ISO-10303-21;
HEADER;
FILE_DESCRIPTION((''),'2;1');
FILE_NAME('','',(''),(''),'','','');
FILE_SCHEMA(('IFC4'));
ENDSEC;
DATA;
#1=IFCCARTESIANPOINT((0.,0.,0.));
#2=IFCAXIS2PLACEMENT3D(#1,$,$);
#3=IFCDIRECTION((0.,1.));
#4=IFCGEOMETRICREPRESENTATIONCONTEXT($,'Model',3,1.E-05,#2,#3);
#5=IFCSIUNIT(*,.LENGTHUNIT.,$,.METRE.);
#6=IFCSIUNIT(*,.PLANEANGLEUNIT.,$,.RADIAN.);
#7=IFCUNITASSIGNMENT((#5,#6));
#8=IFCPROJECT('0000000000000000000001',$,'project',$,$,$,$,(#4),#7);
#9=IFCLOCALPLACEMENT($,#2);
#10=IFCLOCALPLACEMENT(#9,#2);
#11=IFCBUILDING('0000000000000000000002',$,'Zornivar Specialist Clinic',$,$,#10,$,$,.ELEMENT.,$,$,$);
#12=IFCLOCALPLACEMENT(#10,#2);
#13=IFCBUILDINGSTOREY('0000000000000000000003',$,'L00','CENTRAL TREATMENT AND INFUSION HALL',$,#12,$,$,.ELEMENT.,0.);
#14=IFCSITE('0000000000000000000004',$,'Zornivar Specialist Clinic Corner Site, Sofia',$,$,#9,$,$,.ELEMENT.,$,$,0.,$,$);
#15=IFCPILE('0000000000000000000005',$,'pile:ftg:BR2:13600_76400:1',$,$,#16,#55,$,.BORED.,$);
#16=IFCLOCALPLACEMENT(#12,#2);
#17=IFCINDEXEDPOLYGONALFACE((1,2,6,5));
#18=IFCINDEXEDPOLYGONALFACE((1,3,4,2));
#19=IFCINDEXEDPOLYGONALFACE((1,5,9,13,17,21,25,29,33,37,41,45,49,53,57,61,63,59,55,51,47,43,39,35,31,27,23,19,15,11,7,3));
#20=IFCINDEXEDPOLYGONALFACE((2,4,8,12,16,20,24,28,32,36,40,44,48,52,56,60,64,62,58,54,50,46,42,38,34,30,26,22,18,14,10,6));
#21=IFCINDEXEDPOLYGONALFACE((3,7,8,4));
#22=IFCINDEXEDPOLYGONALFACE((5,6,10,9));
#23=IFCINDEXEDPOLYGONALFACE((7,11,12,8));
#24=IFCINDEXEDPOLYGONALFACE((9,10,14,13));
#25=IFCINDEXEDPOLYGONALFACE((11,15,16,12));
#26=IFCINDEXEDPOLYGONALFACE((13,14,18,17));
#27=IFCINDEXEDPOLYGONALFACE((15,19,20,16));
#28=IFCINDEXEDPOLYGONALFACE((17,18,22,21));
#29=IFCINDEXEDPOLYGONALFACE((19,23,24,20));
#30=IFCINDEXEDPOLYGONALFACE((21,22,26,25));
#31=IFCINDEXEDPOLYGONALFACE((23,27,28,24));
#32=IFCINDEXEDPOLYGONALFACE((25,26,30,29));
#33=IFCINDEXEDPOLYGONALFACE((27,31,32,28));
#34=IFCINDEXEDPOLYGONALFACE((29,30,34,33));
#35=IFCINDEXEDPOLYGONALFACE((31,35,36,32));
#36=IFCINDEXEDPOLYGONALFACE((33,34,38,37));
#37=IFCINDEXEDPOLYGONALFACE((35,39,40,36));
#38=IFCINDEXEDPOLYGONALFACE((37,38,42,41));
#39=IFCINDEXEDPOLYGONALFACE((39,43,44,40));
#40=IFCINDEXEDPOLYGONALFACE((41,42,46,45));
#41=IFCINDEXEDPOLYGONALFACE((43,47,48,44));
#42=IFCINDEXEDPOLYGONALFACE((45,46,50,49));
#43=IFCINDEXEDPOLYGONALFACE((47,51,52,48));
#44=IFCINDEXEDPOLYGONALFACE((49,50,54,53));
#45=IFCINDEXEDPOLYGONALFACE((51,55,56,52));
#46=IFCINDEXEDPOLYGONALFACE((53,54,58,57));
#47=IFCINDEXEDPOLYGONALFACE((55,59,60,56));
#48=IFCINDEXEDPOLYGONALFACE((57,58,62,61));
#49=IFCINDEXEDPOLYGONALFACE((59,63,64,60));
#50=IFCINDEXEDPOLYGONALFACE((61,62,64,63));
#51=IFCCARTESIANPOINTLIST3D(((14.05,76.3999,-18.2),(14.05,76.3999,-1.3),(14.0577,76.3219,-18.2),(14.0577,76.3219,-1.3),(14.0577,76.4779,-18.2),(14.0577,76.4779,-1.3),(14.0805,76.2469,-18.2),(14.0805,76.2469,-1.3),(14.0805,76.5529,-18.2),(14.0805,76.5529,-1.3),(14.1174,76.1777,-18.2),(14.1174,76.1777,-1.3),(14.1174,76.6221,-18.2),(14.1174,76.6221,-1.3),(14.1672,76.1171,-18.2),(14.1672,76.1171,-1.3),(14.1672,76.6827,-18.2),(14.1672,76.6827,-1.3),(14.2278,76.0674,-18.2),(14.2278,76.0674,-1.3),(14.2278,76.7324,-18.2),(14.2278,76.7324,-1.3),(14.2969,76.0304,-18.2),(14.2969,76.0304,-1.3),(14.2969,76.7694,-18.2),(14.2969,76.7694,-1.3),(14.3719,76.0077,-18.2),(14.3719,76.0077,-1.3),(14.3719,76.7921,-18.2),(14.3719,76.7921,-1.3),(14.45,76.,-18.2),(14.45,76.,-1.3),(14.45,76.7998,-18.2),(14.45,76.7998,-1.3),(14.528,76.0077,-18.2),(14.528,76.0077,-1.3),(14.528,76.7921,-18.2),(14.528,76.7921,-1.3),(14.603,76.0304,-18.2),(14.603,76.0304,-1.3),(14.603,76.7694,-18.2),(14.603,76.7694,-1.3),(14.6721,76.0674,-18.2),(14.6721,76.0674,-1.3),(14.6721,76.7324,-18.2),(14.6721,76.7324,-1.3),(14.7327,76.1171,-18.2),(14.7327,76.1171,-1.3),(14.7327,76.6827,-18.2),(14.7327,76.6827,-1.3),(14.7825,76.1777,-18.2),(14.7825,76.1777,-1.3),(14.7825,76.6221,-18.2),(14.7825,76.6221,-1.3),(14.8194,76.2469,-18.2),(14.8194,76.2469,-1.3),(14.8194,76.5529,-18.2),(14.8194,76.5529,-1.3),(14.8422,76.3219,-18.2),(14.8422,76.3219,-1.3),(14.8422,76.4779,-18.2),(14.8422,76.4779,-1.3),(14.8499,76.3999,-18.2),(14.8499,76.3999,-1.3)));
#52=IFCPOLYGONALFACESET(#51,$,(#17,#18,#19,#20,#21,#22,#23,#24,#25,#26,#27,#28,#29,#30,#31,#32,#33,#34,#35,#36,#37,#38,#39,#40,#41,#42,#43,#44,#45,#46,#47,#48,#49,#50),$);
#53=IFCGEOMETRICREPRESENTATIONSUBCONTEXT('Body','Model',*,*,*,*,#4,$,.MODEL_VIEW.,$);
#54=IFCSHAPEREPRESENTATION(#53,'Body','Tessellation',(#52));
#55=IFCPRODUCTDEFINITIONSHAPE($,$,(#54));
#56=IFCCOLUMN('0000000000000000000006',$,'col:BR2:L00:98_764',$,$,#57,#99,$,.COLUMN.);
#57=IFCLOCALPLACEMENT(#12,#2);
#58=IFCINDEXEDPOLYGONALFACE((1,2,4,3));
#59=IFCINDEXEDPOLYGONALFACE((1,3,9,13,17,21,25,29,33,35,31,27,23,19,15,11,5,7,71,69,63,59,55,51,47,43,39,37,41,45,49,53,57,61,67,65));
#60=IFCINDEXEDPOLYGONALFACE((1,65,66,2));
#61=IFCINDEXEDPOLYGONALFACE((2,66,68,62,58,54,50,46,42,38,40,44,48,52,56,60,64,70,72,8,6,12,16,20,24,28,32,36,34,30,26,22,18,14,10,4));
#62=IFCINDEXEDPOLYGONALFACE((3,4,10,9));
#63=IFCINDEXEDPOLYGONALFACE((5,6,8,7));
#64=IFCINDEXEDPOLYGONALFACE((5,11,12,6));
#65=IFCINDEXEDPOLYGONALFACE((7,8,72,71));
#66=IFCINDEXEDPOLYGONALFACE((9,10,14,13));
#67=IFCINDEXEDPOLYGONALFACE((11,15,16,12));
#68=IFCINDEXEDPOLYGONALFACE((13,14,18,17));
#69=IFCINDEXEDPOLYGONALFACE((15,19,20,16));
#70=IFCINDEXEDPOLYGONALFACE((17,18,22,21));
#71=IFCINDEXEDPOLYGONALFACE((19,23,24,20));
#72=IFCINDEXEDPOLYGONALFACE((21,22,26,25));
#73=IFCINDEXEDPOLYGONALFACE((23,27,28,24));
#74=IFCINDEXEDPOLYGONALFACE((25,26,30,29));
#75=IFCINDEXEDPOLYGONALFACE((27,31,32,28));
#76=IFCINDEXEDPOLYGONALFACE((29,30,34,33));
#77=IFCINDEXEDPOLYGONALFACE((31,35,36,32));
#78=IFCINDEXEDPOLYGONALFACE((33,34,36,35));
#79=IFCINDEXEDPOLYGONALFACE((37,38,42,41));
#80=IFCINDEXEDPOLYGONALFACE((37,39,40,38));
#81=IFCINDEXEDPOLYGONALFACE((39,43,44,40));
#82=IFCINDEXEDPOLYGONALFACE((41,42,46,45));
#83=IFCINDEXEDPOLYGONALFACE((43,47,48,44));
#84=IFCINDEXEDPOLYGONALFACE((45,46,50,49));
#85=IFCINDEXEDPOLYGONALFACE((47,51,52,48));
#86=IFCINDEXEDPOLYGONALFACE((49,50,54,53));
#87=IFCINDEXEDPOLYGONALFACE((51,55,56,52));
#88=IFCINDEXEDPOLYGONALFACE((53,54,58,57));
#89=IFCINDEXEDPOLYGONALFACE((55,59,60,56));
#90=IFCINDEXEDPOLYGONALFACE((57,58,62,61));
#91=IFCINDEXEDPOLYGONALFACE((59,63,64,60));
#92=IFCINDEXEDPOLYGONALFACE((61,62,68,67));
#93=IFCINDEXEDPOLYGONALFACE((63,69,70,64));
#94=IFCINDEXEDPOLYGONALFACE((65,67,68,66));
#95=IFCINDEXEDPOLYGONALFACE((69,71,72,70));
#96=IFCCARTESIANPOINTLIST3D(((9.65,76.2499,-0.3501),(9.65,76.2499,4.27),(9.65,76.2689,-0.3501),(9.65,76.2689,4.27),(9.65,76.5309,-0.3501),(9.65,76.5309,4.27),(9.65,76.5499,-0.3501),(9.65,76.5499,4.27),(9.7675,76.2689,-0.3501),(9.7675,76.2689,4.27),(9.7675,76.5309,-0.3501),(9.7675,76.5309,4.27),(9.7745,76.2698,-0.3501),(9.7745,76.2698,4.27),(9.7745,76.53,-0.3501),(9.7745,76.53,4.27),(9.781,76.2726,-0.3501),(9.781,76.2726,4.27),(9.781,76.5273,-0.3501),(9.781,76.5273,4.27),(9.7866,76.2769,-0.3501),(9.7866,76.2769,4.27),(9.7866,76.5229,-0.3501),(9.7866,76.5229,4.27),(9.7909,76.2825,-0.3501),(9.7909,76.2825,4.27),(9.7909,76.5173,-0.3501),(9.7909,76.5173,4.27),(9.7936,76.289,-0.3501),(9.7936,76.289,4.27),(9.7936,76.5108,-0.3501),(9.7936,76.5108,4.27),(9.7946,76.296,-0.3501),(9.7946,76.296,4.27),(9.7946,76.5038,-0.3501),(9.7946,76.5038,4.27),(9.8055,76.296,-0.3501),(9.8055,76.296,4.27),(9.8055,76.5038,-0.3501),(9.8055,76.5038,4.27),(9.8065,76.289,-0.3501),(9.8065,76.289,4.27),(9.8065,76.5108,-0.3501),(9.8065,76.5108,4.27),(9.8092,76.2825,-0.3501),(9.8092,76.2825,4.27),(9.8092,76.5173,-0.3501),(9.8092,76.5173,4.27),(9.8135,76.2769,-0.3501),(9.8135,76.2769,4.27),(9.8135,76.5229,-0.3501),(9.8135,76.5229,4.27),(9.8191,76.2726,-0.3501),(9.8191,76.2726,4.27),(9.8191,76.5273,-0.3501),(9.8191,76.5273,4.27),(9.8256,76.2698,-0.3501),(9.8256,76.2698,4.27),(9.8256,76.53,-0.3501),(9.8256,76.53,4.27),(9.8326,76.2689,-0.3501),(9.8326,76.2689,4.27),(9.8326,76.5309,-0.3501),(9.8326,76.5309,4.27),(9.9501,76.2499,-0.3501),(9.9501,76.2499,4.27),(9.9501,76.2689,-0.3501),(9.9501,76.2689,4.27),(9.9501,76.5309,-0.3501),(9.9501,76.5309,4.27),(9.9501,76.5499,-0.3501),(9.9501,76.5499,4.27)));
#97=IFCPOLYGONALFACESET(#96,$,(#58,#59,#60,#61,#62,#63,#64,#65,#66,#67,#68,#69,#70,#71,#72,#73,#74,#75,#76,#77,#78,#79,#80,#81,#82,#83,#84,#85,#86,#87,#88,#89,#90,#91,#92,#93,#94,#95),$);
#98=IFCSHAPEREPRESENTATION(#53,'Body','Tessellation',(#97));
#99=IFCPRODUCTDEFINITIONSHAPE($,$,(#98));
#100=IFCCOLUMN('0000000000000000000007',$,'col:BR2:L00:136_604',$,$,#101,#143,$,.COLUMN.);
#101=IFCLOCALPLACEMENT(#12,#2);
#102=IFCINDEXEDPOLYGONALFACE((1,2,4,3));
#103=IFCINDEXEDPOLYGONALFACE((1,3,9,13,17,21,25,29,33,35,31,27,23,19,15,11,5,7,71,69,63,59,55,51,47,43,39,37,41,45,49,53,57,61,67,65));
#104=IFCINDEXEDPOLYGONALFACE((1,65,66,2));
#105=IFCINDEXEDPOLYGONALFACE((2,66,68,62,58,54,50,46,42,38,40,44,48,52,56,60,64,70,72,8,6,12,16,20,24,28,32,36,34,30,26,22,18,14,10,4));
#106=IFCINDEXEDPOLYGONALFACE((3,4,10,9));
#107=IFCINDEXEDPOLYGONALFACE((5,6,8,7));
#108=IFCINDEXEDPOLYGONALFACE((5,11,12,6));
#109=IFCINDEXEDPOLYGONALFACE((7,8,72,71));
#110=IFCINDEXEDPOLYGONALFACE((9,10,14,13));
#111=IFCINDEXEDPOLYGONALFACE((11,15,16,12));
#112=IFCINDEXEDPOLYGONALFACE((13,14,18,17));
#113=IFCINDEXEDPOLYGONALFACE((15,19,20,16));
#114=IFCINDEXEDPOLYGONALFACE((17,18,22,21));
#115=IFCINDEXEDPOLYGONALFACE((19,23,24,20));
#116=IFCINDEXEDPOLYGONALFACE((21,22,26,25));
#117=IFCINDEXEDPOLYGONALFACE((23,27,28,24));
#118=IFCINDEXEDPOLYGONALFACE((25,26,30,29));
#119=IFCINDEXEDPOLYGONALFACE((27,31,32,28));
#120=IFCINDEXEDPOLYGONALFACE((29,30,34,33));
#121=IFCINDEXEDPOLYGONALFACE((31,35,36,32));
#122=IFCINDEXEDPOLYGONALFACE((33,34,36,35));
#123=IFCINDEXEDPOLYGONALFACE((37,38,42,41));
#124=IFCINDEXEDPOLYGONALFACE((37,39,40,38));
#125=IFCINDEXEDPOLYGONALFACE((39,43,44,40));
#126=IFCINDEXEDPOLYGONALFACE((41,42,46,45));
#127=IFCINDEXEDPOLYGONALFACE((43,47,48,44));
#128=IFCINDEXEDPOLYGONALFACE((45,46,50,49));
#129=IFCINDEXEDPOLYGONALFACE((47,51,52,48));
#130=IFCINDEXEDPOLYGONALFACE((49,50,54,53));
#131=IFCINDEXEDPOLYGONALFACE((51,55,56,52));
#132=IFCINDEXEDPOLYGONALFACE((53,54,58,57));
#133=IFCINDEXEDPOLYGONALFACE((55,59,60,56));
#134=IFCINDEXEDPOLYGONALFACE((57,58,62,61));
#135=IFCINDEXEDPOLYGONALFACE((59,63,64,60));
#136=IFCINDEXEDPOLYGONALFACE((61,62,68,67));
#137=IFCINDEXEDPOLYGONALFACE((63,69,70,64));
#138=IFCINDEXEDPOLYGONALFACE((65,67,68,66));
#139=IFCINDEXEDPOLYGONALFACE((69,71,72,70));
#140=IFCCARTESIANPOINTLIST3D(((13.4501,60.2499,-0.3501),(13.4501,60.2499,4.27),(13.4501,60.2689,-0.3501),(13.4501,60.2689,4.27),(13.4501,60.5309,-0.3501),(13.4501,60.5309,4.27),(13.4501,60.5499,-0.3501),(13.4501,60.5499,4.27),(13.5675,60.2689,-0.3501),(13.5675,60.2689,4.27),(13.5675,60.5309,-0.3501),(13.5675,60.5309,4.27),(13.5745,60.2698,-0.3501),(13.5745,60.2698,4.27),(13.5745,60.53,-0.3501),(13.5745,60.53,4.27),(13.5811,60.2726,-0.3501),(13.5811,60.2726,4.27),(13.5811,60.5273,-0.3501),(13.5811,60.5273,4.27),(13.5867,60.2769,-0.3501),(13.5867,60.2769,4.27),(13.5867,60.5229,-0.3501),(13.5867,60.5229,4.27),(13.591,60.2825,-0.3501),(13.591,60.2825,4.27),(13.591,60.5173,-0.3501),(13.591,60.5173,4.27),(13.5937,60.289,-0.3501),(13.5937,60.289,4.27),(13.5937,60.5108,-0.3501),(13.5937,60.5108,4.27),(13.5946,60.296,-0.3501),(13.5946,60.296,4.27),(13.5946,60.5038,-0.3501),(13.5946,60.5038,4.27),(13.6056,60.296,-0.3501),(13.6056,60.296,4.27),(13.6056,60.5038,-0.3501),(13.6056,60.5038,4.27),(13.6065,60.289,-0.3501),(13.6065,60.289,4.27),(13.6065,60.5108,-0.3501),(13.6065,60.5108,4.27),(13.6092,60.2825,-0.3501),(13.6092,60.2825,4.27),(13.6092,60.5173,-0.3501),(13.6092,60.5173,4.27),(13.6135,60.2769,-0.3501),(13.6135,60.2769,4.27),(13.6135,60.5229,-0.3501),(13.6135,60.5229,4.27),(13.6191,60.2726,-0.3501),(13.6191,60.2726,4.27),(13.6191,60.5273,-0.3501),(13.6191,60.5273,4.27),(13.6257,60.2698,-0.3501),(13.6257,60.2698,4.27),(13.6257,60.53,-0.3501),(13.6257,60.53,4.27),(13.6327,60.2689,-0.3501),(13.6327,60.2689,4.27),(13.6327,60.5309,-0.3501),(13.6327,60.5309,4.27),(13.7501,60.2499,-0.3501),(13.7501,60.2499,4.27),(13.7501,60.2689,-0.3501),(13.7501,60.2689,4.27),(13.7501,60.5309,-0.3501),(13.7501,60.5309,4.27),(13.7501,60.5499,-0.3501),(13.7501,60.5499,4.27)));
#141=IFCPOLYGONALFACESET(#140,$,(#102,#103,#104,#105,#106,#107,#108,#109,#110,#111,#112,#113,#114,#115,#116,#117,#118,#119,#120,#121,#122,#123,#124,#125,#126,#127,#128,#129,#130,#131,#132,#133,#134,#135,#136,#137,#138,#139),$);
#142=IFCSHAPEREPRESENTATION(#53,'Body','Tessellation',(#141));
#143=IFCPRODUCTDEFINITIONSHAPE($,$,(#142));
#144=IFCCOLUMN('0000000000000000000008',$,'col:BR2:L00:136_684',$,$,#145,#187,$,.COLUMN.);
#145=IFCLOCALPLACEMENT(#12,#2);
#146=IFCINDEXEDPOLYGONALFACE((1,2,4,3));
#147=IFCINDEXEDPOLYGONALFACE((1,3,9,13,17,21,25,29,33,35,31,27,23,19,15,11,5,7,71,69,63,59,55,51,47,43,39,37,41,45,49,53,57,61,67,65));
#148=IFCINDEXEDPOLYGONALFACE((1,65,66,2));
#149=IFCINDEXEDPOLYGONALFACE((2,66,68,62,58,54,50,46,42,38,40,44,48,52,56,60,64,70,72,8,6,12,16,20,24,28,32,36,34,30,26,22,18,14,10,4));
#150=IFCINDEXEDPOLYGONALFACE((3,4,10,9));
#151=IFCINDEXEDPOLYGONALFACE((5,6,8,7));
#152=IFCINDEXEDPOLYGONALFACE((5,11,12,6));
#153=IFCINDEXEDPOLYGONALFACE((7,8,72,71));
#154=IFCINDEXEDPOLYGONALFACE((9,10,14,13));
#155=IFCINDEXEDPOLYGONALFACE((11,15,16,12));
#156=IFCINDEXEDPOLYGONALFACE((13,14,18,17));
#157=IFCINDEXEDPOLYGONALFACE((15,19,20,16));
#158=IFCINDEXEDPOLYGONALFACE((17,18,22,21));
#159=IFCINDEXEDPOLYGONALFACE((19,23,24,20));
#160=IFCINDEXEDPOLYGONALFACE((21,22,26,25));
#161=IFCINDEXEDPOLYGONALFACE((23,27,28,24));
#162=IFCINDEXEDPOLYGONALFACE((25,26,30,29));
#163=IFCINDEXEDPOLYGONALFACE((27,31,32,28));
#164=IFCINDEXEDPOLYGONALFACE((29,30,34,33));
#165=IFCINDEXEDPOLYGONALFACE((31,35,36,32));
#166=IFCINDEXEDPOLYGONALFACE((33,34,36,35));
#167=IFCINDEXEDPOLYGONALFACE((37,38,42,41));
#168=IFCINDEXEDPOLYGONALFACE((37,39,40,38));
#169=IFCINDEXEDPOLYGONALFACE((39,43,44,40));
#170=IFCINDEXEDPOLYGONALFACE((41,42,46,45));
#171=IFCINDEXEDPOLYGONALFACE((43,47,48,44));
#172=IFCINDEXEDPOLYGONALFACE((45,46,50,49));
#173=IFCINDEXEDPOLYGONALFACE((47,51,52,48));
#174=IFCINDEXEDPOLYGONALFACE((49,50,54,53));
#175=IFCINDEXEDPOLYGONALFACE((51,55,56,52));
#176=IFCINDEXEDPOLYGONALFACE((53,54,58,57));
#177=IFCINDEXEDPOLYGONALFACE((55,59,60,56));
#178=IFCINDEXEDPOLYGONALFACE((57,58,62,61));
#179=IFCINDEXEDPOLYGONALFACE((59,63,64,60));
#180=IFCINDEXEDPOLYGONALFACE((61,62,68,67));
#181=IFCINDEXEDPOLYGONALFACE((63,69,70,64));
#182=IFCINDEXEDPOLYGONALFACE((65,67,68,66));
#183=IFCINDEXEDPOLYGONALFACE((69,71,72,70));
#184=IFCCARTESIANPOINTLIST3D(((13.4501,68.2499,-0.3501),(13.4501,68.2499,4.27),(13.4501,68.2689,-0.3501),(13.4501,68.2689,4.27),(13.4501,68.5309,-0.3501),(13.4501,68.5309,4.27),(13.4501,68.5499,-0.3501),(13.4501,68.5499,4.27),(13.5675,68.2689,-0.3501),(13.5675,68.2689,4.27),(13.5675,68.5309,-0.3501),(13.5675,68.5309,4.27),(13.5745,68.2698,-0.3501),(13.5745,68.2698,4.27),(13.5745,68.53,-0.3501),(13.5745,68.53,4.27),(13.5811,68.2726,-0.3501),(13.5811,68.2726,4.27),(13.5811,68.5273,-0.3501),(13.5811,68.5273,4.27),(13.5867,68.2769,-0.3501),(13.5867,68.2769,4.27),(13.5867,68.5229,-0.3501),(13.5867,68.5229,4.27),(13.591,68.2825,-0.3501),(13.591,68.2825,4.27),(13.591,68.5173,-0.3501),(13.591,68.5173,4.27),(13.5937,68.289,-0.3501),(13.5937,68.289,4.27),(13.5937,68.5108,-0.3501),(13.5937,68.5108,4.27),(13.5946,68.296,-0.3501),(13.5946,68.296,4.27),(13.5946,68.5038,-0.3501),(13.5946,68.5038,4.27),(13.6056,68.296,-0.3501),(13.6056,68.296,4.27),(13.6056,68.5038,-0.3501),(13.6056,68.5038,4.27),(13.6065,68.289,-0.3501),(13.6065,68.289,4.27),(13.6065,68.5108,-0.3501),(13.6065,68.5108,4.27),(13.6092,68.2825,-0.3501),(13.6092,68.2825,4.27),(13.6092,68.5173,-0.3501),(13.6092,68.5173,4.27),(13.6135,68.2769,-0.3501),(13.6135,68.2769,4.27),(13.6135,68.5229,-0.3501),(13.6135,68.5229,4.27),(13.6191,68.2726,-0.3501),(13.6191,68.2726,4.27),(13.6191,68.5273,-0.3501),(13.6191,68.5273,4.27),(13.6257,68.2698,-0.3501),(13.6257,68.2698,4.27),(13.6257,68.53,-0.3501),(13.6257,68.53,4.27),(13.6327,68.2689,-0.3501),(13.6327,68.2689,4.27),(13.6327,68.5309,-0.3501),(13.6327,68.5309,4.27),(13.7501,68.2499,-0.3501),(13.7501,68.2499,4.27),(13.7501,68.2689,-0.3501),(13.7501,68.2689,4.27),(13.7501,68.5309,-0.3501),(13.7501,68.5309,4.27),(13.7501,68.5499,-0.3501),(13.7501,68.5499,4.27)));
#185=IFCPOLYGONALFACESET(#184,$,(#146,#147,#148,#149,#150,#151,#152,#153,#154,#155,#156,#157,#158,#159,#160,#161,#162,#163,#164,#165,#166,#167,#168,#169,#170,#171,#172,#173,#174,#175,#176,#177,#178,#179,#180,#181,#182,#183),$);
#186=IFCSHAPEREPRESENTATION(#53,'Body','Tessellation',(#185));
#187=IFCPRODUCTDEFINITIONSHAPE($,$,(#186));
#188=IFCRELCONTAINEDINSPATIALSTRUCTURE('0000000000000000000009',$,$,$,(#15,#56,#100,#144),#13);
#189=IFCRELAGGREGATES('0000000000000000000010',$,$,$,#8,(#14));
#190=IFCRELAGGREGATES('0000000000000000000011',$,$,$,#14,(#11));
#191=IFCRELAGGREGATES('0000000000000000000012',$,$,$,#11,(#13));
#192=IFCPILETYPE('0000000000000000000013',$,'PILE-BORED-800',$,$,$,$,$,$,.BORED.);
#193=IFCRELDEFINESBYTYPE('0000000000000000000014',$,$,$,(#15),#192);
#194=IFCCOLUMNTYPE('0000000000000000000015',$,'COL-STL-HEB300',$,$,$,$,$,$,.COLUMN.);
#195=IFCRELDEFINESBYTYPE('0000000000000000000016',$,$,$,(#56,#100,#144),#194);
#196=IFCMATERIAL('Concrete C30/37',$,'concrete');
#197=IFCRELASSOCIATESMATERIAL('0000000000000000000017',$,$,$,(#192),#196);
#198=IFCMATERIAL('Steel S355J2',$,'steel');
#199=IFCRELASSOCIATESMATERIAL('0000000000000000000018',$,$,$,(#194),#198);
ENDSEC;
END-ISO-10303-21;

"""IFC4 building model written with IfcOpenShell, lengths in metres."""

from ifc_helpers import new_model, si_unit, direction, frame, origin, origin_2d, place, context, subcontext, project, spatial, circle, i_section, extrude, material, material_profile, profile_set, type_object, element, save


model = new_model("IFC4")

# Units and contexts
model_context = context("Model", 3, precision=1e-05, world=origin(), true_north=direction((0.0, 1.0)))
body_context = subcontext(model_context, "Body", "Model", "MODEL_VIEW")
ifc_project = project(units=[si_unit("LENGTHUNIT", "METRE"), si_unit("PLANEANGLEUNIT", "RADIAN")], contexts=[model_context])

# Site, building, storey
site_placement = place(None, origin())
site = spatial("IfcSite", under=ifc_project, at=site_placement, Name="Zornivar Specialist Clinic Corner Site, Sofia", CompositionType="ELEMENT", RefElevation=0.0)
building_placement = place(site_placement, origin())
building = spatial("IfcBuilding", under=site, at=building_placement, Name="Zornivar Specialist Clinic", CompositionType="ELEMENT")
storey_placement = place(building_placement, origin())
storey = spatial("IfcBuildingStorey", under=building, at=storey_placement, Name="L00", Description="CENTRAL TREATMENT AND INFUSION HALL", CompositionType="ELEMENT", Elevation=0.0)

# Pile
ifc_material_1 = material(Name="Concrete C30/37", Category="concrete")
ifc_material_profile_1 = material_profile(ifc_material_1, circle(Radius=0.3999, at=origin_2d()), Name="PILE D800")
ifc_profile_set_1 = profile_set([ifc_material_profile_1], Name="Concrete C30/37")
pile_type = type_object("IfcPileType", Name="PILE-BORED-800", PredefinedType="BORED", material=ifc_profile_set_1)
for number, where, z_axis, x_axis, name in (
    (1, (14.45, 76.3999, -1.3), (0.0, 0.0, -1.0), (1.0, 0.0, 0.0), "pile:ftg:BR2:13600_76400:1"),
):
    element("IfcPile", number, at=place(storey_placement, frame(where, z_axis=z_axis, x_axis=x_axis)), inside=storey, type_object=pile_type, Name=name, PredefinedType="BORED", context=body_context, shape_type="SweptSolid", body=[
        extrude(circle(Radius=0.3999, at=origin_2d()), origin(), (0.0, 0.0, 1.0), 16.8999),
    ])

# Columns
ifc_material_2 = material(Name="Steel S355J2", Category="steel")
ifc_material_profile_2 = material_profile(ifc_material_2, i_section(OverallWidth=0.3, OverallDepth=0.3, WebThickness=0.011, FlangeThickness=0.019, FilletRadius=0.0271, at=origin_2d()), Name="HEB 300")
ifc_profile_set_2 = profile_set([ifc_material_profile_2], Name="Steel S355J2")
column_type = type_object("IfcColumnType", Name="COL-STL-HEB300", PredefinedType="COLUMN", material=ifc_profile_set_2)
for number, where, z_axis, x_axis, name in (
    (2, (9.8, 76.3999, -0.3501), (0.0, 0.0, 1.0), (1.0, 0.0, 0.0), "col:BR2:L00:98_764"),
    (3, (13.6001, 60.3999, -0.3501), (0.0, 0.0, 1.0), (1.0, 0.0, 0.0), "col:BR2:L00:136_604"),
    (4, (13.6001, 68.3999, -0.3501), (0.0, 0.0, 1.0), (1.0, 0.0, 0.0), "col:BR2:L00:136_684"),
):
    element("IfcColumn", number, at=place(storey_placement, frame(where, z_axis=z_axis, x_axis=x_axis)), inside=storey, type_object=column_type, Name=name, PredefinedType="COLUMN", context=body_context, shape_type="SweptSolid", body=[
        extrude(i_section(OverallWidth=0.3, OverallDepth=0.3, WebThickness=0.011, FlangeThickness=0.019, FilletRadius=0.0271, at=origin_2d()), origin(), (0.0, 0.0, 1.0), 4.6201),
    ])

save(model, "model.ifc")
